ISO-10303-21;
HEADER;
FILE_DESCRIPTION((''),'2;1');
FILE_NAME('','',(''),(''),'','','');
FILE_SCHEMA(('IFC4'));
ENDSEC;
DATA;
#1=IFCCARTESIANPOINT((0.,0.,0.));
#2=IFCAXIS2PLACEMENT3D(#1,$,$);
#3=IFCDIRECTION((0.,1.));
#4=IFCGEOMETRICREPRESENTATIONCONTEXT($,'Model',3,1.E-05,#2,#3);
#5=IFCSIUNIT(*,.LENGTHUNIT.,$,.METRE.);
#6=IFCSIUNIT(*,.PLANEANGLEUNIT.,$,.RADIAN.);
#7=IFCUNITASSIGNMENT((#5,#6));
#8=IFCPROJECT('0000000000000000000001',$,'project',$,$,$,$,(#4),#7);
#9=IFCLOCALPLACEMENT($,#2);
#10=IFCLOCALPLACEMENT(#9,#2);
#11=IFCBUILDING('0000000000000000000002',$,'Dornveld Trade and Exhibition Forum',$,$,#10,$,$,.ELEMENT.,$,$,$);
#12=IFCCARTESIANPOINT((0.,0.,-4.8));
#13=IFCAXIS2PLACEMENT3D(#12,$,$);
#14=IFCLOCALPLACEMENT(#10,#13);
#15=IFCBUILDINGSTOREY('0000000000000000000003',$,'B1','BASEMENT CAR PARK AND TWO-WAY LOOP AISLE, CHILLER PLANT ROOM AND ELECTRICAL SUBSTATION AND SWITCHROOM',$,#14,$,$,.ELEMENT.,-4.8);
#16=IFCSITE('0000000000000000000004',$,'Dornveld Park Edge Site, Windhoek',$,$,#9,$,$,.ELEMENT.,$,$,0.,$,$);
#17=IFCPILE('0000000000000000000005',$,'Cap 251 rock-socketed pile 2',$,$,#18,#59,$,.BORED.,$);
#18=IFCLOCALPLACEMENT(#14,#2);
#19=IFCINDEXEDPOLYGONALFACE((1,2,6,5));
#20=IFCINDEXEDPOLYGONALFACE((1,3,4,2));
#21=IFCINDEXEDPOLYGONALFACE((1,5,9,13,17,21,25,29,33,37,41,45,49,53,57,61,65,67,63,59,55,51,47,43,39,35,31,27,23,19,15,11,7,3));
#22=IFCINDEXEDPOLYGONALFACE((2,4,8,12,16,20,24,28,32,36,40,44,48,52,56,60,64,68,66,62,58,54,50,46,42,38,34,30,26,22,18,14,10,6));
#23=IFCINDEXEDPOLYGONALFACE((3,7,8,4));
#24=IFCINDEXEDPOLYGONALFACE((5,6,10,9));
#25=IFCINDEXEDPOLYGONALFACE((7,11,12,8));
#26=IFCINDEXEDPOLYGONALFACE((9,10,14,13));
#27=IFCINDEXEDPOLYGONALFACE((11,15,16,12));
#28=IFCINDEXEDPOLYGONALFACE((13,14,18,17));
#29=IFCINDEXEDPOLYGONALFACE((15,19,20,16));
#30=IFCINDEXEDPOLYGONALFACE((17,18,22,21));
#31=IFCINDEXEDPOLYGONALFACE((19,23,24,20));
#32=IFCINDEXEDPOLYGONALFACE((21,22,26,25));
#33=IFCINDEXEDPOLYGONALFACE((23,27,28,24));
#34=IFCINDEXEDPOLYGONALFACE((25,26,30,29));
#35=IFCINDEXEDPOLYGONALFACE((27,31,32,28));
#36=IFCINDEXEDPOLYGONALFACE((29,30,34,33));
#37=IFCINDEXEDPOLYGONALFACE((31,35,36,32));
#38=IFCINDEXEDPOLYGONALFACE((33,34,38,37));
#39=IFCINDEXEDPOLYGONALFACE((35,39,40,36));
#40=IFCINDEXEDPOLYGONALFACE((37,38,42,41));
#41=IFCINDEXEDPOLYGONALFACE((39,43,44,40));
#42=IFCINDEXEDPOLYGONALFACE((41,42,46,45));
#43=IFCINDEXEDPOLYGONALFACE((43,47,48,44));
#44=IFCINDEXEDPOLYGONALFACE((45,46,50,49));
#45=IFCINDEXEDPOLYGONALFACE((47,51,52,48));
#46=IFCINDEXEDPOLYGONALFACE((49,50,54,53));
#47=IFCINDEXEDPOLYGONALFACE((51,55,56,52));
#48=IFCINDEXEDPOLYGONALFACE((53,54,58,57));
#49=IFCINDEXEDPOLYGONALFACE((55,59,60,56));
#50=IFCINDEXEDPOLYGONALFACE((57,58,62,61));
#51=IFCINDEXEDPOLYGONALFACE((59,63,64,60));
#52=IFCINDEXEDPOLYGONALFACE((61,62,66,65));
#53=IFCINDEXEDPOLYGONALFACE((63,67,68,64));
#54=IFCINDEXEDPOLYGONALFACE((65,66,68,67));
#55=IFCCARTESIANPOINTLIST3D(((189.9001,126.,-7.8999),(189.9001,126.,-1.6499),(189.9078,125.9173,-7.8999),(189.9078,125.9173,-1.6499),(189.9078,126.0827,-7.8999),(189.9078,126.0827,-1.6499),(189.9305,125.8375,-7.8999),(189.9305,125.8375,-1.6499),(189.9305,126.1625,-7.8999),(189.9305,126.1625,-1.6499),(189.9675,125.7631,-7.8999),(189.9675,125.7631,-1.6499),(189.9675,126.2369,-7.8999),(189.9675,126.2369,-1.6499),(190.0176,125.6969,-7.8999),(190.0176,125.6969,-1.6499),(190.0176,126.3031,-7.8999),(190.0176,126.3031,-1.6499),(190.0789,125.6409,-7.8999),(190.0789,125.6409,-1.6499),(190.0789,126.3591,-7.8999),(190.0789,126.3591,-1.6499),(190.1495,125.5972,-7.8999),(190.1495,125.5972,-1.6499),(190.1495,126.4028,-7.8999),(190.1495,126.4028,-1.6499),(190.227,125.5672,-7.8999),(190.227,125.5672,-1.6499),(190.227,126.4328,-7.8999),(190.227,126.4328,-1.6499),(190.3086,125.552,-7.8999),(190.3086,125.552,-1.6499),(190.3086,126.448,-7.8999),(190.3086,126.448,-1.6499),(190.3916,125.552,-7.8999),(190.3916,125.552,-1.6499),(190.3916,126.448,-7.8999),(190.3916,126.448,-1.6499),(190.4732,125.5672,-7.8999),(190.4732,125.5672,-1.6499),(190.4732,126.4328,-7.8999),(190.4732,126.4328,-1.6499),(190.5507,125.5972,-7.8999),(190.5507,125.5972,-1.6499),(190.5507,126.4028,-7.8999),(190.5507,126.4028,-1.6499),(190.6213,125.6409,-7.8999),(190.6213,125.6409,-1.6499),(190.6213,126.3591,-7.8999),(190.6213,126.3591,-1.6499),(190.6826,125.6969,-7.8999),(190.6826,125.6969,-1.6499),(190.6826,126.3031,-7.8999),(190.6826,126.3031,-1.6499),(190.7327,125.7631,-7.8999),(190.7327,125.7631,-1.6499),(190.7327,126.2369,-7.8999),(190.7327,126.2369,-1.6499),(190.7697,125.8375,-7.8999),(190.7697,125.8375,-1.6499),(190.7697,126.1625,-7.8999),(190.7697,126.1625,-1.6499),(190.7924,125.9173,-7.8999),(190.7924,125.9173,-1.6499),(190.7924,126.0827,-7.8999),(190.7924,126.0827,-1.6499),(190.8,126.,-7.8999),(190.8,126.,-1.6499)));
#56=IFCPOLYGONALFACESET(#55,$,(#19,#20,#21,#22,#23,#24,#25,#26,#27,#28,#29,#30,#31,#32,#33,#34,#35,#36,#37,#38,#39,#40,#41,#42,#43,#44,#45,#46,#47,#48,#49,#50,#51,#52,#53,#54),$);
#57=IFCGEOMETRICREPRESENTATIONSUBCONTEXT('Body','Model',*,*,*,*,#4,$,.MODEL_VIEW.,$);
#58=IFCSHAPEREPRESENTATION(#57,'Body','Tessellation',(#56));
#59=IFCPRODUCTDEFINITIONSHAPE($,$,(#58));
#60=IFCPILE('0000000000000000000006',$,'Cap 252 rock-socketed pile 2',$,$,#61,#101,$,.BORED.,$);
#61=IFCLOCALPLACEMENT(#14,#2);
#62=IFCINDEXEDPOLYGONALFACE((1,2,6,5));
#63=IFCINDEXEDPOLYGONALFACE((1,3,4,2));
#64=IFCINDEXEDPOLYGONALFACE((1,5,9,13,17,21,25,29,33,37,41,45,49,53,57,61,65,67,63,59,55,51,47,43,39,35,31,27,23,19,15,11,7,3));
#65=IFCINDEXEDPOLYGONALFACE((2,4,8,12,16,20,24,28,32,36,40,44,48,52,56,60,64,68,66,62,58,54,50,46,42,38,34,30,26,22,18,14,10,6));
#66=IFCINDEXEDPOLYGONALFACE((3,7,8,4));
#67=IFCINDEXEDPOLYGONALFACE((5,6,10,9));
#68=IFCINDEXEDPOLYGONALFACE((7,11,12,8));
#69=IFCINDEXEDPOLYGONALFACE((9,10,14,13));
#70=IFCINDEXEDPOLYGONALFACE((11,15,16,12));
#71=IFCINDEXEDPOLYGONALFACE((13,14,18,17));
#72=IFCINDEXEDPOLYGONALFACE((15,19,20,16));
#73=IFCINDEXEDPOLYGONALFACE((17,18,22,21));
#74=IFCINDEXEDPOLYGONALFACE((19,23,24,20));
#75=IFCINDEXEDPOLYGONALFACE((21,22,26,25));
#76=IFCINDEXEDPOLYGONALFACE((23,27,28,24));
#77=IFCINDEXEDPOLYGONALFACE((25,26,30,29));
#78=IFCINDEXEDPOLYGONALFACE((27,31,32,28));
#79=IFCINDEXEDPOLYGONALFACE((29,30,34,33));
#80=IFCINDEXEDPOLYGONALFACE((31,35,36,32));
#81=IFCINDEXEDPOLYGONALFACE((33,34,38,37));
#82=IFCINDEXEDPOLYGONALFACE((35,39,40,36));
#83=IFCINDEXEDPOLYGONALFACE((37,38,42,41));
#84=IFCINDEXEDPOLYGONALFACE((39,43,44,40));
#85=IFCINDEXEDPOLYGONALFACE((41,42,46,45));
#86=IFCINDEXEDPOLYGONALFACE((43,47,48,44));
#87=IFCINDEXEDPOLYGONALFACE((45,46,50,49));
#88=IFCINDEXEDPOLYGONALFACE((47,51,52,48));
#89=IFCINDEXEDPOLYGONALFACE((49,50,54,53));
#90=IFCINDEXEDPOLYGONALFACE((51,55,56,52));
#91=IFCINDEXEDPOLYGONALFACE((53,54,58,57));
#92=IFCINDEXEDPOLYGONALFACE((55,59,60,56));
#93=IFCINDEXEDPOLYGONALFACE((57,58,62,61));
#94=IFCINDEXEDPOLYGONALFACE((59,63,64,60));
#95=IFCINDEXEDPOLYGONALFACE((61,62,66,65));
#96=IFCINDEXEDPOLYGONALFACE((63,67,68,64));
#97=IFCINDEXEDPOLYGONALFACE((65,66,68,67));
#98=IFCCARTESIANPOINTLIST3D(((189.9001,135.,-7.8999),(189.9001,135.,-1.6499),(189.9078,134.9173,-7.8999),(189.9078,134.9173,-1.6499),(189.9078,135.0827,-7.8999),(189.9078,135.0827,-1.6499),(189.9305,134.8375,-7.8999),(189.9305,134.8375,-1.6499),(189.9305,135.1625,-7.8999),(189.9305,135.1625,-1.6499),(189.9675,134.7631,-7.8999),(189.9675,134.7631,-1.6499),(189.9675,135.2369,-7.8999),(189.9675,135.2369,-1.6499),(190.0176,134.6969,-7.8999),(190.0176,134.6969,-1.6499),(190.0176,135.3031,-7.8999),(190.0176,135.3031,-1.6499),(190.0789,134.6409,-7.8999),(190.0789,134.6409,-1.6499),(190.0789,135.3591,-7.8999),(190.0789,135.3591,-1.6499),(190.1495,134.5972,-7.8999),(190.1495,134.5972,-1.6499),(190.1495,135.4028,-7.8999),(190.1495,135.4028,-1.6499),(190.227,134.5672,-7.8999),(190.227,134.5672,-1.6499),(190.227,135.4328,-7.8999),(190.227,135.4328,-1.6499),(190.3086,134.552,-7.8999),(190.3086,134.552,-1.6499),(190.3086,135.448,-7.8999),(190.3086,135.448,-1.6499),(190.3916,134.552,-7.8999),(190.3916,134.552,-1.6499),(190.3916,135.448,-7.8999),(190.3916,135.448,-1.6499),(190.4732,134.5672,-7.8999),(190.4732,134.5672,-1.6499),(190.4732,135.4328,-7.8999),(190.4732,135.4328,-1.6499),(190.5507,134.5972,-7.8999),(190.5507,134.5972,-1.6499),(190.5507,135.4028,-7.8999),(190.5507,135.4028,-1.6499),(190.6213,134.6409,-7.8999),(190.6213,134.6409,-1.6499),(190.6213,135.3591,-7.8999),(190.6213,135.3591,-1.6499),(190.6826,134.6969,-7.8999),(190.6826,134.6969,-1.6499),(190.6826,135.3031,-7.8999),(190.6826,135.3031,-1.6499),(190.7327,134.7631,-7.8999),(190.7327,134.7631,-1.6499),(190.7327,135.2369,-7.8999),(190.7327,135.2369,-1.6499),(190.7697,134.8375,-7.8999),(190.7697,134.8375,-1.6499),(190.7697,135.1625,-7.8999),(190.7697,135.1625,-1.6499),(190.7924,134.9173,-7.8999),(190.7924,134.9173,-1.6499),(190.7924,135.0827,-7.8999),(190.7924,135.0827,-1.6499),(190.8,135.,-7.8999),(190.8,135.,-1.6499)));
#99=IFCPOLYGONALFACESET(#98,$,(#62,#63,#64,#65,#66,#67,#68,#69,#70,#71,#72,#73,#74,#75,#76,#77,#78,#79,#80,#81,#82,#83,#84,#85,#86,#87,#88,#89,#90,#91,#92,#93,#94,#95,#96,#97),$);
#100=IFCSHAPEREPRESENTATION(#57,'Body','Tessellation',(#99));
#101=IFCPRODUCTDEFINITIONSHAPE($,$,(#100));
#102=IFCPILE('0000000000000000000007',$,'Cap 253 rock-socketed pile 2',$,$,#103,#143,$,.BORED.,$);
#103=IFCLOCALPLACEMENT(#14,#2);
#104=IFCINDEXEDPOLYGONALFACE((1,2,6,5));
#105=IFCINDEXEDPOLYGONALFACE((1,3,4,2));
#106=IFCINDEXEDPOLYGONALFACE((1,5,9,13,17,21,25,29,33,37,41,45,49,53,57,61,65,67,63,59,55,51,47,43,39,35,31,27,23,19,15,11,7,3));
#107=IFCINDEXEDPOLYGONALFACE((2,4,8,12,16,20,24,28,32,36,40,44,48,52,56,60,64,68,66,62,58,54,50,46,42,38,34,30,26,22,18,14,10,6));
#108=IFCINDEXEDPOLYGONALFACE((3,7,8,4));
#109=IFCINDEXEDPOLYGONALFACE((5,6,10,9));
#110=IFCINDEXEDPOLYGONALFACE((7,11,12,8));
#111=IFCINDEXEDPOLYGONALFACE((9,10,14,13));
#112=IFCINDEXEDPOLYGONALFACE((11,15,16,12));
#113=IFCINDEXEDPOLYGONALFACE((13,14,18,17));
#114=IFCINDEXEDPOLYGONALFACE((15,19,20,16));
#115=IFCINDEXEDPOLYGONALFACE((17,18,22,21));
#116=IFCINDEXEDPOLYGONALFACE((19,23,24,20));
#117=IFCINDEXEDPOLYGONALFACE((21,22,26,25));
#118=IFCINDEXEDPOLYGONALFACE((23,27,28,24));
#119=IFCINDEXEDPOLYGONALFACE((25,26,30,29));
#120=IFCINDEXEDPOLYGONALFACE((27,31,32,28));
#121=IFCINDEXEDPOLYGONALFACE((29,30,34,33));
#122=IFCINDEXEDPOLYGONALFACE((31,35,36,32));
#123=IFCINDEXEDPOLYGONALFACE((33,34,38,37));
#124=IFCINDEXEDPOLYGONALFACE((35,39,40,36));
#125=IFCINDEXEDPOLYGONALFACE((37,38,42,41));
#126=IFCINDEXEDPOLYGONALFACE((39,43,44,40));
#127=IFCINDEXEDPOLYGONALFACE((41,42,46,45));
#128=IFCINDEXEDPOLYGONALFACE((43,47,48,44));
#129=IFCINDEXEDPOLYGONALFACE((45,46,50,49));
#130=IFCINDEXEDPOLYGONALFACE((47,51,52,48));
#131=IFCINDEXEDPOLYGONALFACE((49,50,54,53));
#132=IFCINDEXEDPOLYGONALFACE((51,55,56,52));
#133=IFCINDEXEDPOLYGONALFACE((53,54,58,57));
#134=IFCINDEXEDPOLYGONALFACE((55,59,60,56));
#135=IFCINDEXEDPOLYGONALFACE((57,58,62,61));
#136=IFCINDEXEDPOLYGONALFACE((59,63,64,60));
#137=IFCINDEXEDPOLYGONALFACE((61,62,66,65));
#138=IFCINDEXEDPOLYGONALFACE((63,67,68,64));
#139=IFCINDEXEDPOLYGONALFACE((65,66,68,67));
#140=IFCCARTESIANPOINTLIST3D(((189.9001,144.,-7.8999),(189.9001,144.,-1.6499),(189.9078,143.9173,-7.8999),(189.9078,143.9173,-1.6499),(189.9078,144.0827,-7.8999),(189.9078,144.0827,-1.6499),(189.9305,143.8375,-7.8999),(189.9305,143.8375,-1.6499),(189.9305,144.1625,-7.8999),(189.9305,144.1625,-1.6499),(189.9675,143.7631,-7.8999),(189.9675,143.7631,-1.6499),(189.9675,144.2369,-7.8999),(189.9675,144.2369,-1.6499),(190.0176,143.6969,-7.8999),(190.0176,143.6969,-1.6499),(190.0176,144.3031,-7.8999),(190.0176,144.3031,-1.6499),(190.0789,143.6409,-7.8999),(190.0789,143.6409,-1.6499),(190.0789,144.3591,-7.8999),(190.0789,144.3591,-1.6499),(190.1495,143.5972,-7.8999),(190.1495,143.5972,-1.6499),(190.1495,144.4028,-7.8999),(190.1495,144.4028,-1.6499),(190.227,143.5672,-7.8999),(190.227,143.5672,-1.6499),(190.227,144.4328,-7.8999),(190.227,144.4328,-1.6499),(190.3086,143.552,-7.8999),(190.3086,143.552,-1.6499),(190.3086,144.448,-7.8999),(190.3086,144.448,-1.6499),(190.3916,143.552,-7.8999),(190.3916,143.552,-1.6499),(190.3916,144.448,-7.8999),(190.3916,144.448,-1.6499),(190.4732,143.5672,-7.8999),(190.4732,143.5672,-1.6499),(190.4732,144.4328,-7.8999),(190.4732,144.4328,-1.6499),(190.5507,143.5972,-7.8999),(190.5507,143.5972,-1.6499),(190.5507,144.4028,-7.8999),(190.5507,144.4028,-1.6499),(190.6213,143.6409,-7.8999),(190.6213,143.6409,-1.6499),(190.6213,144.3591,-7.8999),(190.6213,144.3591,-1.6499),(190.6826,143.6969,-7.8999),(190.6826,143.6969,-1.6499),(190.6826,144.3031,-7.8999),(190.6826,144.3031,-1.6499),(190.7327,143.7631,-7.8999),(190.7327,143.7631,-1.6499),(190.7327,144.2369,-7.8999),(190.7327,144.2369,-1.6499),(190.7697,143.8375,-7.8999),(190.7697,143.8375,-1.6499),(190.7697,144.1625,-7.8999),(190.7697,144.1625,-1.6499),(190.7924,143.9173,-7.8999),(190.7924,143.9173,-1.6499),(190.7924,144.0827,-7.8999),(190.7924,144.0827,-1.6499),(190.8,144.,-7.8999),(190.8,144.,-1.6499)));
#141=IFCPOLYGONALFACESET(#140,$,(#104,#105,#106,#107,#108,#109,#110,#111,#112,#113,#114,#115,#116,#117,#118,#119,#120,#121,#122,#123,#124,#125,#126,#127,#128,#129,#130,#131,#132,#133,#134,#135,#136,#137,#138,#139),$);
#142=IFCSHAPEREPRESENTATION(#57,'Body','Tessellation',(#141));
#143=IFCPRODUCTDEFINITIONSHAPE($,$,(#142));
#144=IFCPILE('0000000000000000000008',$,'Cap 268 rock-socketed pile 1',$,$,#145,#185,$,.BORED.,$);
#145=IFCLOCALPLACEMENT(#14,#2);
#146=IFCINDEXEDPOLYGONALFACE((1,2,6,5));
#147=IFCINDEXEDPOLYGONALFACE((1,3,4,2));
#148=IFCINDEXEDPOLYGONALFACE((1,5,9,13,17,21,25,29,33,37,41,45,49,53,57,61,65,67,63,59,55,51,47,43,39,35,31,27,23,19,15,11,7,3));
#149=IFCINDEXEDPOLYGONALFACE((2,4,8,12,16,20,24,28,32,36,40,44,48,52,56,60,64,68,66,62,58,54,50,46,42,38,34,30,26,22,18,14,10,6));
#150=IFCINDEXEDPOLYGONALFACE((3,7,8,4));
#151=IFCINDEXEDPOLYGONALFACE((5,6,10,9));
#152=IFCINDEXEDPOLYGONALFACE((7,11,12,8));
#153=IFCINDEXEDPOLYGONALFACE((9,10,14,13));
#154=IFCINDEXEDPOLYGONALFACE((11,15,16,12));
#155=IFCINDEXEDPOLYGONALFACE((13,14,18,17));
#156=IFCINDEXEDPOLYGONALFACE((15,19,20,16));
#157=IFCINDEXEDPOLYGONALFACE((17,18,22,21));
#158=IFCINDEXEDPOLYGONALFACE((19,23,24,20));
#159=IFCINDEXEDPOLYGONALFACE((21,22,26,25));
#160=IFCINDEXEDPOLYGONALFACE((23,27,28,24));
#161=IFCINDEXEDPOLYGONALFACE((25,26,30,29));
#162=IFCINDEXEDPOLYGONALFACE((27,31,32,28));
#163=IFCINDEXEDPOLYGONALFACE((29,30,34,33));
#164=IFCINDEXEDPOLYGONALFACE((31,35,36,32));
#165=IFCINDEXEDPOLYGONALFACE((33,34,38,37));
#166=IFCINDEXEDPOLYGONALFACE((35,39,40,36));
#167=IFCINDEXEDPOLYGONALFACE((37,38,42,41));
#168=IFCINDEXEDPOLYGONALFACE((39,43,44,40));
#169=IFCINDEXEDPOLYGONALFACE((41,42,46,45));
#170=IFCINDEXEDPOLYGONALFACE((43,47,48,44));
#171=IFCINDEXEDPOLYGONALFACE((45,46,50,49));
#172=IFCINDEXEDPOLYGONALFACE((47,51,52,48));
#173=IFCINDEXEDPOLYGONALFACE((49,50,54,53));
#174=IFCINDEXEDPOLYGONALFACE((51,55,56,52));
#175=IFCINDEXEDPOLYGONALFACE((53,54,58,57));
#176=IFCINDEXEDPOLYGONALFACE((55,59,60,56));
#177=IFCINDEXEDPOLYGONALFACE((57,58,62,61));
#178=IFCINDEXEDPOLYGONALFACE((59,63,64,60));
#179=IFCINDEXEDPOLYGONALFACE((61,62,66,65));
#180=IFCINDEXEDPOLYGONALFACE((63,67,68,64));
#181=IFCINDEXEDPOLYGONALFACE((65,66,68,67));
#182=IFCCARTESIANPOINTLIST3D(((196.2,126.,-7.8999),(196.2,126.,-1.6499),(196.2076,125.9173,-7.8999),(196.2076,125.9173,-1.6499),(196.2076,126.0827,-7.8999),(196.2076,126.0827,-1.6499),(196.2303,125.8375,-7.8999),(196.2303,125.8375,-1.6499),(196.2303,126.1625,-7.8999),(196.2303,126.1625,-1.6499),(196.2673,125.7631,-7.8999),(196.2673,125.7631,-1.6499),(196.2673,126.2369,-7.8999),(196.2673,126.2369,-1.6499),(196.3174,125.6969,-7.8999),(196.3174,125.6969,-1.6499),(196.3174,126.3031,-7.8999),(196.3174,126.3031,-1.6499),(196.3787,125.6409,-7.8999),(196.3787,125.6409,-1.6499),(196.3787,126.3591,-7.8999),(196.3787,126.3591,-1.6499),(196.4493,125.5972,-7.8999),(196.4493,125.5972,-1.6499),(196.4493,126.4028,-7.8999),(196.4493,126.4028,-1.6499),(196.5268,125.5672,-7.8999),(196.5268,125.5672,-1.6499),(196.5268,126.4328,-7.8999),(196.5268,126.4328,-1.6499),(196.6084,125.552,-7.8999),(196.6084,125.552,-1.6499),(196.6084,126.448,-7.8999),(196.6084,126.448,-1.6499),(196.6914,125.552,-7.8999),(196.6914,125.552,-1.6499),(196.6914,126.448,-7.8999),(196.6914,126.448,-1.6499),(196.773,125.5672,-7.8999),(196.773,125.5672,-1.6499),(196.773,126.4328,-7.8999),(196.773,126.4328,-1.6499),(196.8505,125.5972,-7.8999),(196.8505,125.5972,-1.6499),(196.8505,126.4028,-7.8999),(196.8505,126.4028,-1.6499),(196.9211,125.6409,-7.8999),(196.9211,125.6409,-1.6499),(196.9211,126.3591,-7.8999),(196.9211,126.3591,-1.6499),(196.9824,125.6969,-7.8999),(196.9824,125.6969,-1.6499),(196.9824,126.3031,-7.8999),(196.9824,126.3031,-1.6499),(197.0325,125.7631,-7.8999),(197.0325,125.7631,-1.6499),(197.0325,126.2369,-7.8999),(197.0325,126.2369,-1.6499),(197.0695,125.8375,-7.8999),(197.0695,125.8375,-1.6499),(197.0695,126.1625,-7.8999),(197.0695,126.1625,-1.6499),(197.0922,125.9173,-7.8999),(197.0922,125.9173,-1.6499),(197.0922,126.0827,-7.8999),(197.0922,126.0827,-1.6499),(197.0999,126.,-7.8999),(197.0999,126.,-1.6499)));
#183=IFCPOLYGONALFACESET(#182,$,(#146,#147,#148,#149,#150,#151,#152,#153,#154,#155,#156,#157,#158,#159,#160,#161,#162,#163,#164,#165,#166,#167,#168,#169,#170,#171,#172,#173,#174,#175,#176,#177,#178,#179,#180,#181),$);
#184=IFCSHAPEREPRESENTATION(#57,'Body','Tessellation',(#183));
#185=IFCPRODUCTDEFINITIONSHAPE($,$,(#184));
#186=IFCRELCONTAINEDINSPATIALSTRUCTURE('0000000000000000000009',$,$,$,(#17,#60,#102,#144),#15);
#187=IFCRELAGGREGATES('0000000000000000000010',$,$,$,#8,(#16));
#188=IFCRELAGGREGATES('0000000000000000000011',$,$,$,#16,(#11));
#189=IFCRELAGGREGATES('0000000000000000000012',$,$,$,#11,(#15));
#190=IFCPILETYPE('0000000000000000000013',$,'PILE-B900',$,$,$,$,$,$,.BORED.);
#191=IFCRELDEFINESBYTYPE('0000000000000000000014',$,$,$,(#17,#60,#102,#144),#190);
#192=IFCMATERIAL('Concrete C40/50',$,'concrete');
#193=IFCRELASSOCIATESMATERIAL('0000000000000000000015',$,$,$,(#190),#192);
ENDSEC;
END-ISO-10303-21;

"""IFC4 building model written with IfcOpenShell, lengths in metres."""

from ifc_helpers import new_model, si_unit, direction, frame, origin, origin_2d, place, context, subcontext, project, spatial, circle, extrude, material, material_profile, profile_set, type_object, element, save


model = new_model("IFC4")

# Units and contexts
model_context = context("Model", 3, precision=1e-05, world=origin(), true_north=direction((0.0, 1.0)))
body_context = subcontext(model_context, "Body", "Model", "MODEL_VIEW")
ifc_project = project(units=[si_unit("LENGTHUNIT", "METRE"), si_unit("PLANEANGLEUNIT", "RADIAN")], contexts=[model_context])

# Site, building, storey
site_placement = place(None, origin())
site = spatial("IfcSite", under=ifc_project, at=site_placement, Name="Dornveld Park Edge Site, Windhoek", CompositionType="ELEMENT", RefElevation=0.0)
building_placement = place(site_placement, origin())
building = spatial("IfcBuilding", under=site, at=building_placement, Name="Dornveld Trade and Exhibition Forum", CompositionType="ELEMENT")
storey_placement = place(building_placement, frame((0.0, 0.0, -4.8)))
storey = spatial("IfcBuildingStorey", under=building, at=storey_placement, Name="B1", Description="BASEMENT CAR PARK AND TWO-WAY LOOP AISLE, CHILLER PLANT ROOM AND ELECTRICAL SUBSTATION AND SWITCHROOM", CompositionType="ELEMENT", Elevation=-4.8)

# Piles
ifc_material_1 = material(Name="Concrete C40/50", Category="concrete")
ifc_material_profile_1 = material_profile(ifc_material_1, circle(Radius=0.45, at=origin_2d()), Name="PILE D900")
ifc_profile_set_1 = profile_set([ifc_material_profile_1], Name="Concrete C40/50")
pile_type = type_object("IfcPileType", Name="PILE-B900", PredefinedType="BORED", material=ifc_profile_set_1)
for number, where, z_axis, x_axis, name in (
    (1, (190.3501, 126.0, -1.6499), (0.0, 0.0, -1.0), (1.0, 0.0, 0.0), "Cap 251 rock-socketed pile 2"),
    (2, (190.3501, 135.0, -1.6499), (0.0, 0.0, -1.0), (1.0, 0.0, 0.0), "Cap 252 rock-socketed pile 2"),
    (3, (190.3501, 144.0, -1.6499), (0.0, 0.0, -1.0), (1.0, 0.0, 0.0), "Cap 253 rock-socketed pile 2"),
    (4, (196.6499, 126.0, -1.6499), (0.0, 0.0, -1.0), (1.0, 0.0, 0.0), "Cap 268 rock-socketed pile 1"),
):
    element("IfcPile", number, at=place(storey_placement, frame(where, z_axis=z_axis, x_axis=x_axis)), inside=storey, type_object=pile_type, Name=name, PredefinedType="BORED", context=body_context, shape_type="SweptSolid", body=[
        extrude(circle(Radius=0.45, at=origin_2d()), origin(), (0.0, 0.0, 1.0), 6.25),
    ])

save(model, "model.ifc")
